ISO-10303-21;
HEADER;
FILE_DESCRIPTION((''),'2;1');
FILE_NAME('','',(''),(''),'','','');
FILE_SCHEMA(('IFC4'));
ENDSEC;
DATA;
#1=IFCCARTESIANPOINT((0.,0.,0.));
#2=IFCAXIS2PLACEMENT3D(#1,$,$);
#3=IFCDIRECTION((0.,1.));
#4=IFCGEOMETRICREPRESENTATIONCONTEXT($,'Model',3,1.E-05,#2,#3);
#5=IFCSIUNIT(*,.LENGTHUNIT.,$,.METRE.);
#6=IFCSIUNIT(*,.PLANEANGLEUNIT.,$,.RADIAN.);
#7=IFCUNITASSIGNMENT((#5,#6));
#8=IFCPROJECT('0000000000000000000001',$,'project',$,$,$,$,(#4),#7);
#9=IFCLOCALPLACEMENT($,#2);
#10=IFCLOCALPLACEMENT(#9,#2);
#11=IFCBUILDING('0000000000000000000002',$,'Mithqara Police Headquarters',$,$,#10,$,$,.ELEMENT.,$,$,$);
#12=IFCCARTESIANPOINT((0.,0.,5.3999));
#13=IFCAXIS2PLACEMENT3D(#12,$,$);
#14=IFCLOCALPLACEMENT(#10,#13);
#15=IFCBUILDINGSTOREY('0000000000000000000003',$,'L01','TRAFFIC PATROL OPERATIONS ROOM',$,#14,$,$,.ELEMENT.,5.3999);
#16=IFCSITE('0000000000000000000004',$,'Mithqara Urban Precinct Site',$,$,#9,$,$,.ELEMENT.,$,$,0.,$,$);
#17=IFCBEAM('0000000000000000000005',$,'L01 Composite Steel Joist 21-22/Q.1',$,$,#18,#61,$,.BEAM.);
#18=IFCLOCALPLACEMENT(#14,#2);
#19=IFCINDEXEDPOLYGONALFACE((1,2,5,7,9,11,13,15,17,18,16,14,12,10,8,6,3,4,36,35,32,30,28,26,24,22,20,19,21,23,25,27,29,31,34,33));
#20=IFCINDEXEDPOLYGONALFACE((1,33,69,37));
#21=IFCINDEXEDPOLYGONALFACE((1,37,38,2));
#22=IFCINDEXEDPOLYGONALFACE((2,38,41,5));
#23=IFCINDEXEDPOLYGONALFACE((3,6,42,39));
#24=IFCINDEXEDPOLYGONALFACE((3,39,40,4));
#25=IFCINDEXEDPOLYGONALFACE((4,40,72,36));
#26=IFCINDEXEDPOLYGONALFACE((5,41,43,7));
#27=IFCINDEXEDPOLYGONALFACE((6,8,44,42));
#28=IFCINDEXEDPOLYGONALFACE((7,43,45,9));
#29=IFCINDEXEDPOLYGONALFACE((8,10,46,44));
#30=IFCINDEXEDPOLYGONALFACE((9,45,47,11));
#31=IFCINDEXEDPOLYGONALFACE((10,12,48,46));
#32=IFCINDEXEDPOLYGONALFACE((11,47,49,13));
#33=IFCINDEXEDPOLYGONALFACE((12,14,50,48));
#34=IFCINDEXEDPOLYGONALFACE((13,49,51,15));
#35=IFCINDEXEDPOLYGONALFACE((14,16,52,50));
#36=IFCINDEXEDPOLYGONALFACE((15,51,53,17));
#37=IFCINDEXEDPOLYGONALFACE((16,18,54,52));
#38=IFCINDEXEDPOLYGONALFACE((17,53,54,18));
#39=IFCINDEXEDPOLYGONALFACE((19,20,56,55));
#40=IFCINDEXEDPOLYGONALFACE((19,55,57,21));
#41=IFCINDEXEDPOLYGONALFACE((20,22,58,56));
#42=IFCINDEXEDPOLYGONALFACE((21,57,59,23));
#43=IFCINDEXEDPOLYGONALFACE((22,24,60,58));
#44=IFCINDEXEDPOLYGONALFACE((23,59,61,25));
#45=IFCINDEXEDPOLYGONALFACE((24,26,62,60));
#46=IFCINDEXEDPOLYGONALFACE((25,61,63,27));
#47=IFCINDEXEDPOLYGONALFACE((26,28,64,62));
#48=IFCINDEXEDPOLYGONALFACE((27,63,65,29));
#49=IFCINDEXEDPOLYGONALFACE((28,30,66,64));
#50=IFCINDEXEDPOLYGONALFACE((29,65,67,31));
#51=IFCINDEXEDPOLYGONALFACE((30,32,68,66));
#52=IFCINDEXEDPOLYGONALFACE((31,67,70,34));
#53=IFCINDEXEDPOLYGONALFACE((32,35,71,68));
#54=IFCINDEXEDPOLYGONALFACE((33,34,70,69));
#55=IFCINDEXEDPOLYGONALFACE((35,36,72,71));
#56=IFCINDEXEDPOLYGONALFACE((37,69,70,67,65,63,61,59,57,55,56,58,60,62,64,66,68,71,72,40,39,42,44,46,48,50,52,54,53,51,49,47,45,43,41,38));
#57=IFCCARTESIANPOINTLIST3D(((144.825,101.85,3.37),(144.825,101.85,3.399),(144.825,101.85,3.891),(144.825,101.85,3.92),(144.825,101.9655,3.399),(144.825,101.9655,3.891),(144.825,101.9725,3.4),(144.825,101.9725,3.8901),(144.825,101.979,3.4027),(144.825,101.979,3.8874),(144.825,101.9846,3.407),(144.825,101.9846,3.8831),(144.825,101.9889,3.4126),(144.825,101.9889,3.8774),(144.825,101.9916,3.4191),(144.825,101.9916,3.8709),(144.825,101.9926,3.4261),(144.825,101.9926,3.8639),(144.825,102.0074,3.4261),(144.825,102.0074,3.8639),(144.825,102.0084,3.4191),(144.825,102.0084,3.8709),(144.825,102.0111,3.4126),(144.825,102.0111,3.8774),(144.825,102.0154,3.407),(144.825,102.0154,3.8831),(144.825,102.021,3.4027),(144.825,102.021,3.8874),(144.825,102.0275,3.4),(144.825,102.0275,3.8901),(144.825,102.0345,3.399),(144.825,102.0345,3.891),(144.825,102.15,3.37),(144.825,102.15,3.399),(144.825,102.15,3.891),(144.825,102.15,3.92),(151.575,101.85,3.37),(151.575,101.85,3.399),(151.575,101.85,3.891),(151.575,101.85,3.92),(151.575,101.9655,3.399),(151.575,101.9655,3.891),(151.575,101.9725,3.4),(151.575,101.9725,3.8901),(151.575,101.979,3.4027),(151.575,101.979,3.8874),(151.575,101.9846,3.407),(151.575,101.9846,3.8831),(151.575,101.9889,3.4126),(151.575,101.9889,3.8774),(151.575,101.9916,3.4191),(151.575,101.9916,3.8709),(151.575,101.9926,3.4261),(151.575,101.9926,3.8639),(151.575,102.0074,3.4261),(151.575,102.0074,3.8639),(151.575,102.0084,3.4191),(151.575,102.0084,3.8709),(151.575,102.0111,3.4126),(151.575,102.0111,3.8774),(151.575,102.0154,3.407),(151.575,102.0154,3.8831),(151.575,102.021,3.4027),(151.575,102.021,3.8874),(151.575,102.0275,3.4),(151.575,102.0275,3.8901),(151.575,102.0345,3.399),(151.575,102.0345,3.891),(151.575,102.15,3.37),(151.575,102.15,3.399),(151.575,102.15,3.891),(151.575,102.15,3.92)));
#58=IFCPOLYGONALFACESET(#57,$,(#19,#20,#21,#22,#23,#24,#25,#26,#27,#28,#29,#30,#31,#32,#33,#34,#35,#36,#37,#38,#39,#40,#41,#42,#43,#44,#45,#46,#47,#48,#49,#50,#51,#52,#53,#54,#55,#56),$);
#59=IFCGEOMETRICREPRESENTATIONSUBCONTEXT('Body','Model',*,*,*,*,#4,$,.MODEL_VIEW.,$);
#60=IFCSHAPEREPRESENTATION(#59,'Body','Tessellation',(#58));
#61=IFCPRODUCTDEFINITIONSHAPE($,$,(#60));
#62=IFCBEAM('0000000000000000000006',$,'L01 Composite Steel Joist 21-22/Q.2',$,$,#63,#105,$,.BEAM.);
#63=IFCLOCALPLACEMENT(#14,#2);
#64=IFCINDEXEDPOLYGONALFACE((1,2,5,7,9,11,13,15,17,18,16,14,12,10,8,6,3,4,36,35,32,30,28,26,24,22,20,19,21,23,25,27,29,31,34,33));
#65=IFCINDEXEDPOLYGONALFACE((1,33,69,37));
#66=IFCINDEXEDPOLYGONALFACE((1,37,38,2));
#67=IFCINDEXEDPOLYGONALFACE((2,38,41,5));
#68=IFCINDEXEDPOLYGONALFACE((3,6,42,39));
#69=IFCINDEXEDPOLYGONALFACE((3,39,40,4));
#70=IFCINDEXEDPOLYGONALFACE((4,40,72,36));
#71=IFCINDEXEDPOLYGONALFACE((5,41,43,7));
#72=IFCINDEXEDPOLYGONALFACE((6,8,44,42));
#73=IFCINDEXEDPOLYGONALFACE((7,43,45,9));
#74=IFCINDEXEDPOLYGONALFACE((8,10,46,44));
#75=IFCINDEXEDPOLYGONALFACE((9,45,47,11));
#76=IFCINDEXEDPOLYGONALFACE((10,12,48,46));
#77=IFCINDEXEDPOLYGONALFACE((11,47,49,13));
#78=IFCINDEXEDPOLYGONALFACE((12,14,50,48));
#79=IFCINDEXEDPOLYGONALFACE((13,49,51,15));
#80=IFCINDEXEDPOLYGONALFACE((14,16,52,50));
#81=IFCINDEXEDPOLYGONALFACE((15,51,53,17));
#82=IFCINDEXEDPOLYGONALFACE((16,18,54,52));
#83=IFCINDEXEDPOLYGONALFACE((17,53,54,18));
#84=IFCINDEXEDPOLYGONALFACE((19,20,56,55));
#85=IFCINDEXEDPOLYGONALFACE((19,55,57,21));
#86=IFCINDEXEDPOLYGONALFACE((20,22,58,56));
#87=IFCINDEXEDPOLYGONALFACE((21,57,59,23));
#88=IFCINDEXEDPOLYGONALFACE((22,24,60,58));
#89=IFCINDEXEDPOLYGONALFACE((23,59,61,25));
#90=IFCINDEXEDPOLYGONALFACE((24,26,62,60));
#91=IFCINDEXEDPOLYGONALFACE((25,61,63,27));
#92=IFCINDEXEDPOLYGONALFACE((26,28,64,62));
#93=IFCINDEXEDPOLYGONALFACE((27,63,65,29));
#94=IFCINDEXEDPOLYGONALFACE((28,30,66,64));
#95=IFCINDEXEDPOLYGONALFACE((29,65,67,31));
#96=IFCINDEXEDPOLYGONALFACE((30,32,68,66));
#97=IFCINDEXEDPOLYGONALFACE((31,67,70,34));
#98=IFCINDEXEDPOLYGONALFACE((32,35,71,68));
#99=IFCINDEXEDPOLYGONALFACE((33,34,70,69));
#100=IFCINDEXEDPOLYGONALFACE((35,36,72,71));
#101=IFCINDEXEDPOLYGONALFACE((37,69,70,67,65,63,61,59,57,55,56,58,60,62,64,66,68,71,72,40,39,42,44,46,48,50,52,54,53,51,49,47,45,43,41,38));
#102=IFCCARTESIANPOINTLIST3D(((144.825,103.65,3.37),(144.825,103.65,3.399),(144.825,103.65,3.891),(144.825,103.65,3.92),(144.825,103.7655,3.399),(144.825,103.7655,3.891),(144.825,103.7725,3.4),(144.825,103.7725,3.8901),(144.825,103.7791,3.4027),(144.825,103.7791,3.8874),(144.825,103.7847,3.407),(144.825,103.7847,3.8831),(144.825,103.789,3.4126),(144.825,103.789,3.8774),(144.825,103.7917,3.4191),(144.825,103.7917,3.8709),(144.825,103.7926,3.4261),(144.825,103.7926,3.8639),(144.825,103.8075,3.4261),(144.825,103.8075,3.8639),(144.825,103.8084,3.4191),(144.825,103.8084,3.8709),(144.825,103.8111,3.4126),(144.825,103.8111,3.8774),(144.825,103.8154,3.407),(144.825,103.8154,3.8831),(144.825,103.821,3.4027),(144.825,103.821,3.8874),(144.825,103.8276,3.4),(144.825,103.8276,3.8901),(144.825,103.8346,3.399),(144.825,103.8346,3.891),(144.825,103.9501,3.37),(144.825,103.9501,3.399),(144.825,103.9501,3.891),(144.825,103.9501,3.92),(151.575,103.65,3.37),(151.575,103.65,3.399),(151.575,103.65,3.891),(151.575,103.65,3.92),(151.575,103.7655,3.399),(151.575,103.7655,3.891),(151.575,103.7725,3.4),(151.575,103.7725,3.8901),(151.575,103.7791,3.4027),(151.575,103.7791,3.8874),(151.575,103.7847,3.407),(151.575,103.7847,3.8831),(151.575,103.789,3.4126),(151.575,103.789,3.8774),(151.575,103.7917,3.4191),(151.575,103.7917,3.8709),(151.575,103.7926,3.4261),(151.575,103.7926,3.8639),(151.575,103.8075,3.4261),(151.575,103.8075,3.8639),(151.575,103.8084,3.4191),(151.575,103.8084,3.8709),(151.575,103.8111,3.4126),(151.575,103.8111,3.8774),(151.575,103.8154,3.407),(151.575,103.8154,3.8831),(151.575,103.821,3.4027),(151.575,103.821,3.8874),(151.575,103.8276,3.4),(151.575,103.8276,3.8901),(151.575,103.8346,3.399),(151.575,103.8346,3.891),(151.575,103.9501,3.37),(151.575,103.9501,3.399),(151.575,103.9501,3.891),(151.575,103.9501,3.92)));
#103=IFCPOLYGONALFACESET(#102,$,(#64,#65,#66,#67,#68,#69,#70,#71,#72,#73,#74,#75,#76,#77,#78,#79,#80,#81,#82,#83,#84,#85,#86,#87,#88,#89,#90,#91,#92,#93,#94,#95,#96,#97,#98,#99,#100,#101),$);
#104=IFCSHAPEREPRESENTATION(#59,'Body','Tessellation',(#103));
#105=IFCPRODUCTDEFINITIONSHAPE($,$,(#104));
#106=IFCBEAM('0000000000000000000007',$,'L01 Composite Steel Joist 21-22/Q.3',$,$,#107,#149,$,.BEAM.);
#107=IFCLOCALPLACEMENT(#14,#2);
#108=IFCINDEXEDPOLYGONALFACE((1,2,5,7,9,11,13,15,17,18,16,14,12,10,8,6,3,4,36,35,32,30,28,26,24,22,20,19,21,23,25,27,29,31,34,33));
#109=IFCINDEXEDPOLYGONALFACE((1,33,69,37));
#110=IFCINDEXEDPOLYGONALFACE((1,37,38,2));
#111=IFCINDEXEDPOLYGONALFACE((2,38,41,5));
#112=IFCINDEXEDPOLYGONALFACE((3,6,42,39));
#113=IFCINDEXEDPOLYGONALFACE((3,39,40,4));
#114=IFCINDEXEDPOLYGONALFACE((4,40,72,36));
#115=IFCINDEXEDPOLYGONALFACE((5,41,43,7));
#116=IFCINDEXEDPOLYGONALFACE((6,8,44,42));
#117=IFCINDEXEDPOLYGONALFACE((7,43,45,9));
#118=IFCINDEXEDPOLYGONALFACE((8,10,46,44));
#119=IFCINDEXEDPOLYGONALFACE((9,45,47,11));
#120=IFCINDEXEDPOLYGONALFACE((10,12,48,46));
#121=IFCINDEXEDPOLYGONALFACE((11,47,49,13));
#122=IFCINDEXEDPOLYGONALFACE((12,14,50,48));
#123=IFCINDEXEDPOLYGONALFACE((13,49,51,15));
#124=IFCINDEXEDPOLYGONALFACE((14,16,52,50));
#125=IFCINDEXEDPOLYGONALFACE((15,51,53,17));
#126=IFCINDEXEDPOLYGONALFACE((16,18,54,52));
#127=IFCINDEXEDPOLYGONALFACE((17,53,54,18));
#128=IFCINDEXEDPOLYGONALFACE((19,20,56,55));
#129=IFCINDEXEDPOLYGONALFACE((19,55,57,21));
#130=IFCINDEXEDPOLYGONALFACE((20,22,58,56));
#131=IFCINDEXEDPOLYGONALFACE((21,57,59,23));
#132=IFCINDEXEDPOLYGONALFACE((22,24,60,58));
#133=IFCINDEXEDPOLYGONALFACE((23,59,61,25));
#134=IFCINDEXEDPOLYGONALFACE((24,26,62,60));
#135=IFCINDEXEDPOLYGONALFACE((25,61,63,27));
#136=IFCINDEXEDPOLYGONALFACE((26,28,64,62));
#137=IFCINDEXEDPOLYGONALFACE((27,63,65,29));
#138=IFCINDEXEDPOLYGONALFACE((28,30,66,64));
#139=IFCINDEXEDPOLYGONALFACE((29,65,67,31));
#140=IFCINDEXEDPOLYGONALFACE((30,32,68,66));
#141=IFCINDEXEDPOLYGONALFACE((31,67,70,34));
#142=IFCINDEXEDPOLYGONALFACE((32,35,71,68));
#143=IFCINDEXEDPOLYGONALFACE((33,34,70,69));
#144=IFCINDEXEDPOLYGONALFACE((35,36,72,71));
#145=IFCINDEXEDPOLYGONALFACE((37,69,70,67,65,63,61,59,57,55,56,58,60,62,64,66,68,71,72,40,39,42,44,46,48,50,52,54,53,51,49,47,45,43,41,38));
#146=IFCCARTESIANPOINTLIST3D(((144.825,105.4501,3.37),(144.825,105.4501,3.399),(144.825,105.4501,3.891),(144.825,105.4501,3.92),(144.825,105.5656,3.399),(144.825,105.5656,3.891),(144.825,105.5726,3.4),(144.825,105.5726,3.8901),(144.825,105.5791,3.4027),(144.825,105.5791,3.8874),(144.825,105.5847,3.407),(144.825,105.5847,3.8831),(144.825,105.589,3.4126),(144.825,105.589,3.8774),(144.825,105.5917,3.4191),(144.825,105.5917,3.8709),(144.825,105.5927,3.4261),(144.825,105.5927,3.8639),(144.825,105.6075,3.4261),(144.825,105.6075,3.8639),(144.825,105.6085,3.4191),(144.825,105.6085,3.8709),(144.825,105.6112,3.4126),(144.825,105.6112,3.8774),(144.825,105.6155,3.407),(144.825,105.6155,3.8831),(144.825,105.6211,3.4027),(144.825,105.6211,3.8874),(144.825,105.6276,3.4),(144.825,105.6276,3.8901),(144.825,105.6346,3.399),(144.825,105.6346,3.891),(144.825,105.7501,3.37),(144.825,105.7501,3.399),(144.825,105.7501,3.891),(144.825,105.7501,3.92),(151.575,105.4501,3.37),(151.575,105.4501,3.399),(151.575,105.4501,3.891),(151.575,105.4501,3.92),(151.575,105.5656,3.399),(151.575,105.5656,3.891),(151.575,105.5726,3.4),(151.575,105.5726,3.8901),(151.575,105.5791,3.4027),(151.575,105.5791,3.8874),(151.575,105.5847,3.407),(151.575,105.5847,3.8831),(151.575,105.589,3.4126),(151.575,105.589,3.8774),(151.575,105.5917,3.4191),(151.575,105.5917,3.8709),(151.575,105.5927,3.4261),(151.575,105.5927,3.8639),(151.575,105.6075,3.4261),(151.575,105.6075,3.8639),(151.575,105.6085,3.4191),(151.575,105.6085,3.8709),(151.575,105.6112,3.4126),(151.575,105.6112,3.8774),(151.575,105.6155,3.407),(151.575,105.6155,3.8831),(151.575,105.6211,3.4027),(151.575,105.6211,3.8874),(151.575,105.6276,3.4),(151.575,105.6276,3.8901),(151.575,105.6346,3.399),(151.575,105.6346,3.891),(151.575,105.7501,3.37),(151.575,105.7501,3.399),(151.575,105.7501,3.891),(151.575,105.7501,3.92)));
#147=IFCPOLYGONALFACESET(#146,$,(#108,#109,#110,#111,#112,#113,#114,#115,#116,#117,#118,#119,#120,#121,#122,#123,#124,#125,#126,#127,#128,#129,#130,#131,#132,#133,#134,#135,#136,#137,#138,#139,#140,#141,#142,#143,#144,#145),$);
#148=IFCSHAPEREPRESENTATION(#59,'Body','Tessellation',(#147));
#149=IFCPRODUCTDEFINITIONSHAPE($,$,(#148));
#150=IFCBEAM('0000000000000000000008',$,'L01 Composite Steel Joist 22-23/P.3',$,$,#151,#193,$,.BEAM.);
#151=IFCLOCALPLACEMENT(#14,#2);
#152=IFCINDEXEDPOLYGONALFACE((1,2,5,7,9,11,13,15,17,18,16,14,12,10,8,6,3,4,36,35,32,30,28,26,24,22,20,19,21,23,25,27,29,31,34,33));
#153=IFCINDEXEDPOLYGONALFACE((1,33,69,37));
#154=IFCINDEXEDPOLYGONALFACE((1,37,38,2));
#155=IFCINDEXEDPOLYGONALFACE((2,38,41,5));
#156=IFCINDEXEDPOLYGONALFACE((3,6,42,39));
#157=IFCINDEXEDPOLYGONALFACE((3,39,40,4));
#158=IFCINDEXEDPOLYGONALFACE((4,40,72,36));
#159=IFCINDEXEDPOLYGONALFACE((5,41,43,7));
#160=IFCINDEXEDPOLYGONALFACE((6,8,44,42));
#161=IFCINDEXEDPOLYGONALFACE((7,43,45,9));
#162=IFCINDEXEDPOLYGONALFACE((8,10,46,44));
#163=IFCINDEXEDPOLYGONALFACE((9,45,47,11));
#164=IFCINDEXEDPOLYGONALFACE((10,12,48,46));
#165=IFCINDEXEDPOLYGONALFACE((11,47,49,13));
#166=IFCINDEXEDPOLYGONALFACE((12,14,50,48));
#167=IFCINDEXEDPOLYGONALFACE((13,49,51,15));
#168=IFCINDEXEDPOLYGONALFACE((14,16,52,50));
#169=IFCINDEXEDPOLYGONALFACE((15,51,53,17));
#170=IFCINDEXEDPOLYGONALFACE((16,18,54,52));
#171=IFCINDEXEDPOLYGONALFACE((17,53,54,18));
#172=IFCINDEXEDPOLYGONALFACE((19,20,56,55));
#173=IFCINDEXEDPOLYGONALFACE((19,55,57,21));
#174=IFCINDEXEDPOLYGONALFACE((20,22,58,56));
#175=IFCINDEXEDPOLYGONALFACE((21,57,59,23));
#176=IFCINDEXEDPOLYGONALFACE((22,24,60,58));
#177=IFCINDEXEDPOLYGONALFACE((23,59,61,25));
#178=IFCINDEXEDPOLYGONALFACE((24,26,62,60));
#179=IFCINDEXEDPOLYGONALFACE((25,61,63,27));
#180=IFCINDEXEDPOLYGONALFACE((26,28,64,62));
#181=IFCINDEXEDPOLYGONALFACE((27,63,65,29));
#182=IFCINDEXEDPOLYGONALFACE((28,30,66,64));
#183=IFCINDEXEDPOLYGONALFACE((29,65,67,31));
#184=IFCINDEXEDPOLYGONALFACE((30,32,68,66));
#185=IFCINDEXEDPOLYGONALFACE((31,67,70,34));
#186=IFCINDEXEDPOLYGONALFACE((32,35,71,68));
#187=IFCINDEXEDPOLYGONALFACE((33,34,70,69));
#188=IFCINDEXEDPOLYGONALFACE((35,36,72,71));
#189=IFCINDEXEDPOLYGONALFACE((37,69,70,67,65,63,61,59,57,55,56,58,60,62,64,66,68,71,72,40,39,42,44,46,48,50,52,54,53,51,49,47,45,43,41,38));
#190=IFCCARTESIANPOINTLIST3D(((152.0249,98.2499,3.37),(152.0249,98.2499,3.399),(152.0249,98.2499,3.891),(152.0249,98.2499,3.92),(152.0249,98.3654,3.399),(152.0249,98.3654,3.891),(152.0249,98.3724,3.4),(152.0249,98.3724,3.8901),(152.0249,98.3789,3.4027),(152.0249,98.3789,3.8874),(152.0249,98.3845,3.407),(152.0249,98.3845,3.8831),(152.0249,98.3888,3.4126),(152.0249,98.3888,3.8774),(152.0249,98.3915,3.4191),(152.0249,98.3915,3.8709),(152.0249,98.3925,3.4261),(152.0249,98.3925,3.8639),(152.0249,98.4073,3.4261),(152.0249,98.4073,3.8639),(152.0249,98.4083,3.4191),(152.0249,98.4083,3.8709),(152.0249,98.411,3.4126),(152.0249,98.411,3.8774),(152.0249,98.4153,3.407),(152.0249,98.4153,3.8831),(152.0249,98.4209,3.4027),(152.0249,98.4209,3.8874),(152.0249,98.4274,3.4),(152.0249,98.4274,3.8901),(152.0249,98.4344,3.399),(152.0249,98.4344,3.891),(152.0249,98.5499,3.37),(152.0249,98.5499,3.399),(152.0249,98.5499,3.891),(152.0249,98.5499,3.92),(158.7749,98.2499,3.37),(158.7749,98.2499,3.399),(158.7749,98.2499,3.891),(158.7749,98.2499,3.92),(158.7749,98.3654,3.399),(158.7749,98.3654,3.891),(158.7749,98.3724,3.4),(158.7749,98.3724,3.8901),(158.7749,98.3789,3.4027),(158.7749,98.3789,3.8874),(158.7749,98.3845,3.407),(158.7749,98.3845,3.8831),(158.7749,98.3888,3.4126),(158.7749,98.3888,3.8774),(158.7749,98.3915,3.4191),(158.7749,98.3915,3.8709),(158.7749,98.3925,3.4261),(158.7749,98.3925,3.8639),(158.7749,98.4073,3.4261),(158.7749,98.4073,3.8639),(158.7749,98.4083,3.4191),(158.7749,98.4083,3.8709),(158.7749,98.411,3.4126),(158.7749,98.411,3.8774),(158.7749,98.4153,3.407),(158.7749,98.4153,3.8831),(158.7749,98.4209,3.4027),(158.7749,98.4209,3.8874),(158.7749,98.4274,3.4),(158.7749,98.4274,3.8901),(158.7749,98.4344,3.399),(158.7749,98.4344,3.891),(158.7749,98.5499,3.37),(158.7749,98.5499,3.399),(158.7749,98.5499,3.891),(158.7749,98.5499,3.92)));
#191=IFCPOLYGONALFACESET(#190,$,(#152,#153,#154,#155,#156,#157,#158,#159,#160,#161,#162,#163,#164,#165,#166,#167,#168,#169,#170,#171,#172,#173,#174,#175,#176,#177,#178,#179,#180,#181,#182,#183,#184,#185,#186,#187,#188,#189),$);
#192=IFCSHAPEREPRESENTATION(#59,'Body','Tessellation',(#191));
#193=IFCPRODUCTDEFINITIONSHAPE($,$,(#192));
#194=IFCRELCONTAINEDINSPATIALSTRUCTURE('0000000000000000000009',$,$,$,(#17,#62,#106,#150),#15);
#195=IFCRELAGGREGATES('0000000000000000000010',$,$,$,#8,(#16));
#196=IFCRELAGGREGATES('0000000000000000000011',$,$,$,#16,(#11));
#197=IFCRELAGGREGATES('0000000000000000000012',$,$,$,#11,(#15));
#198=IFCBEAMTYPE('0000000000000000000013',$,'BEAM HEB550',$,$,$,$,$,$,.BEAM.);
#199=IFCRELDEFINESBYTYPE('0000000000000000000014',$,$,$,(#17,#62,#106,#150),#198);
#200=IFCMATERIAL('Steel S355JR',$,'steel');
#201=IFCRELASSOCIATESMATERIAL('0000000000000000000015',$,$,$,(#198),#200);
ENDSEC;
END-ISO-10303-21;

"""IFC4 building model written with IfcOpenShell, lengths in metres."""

from ifc_helpers import new_model, si_unit, direction, frame, origin, origin_2d, place, context, subcontext, project, spatial, i_section, extrude, material, material_profile, profile_set, type_object, element, save


model = new_model("IFC4")

# Units and contexts
model_context = context("Model", 3, precision=1e-05, world=origin(), true_north=direction((0.0, 1.0)))
body_context = subcontext(model_context, "Body", "Model", "MODEL_VIEW")
ifc_project = project(units=[si_unit("LENGTHUNIT", "METRE"), si_unit("PLANEANGLEUNIT", "RADIAN")], contexts=[model_context])

# Site, building, storey
site_placement = place(None, origin())
site = spatial("IfcSite", under=ifc_project, at=site_placement, Name="Mithqara Urban Precinct Site", CompositionType="ELEMENT", RefElevation=0.0)
building_placement = place(site_placement, origin())
building = spatial("IfcBuilding", under=site, at=building_placement, Name="Mithqara Police Headquarters", CompositionType="ELEMENT")
storey_placement = place(building_placement, frame((0.0, 0.0, 5.3999)))
storey = spatial("IfcBuildingStorey", under=building, at=storey_placement, Name="L01", Description="TRAFFIC PATROL OPERATIONS ROOM", CompositionType="ELEMENT", Elevation=5.3999)

# Beams
ifc_material_1 = material(Name="Steel S355JR", Category="steel")
ifc_material_profile_1 = material_profile(ifc_material_1, i_section(OverallWidth=0.3, OverallDepth=0.55, WebThickness=0.0149, FlangeThickness=0.0291, FilletRadius=0.0271, at=origin_2d()), Name="HEB 550")
ifc_profile_set_1 = profile_set([ifc_material_profile_1], Name="Steel S355JR")
beam_type_1 = type_object("IfcBeamType", Name="BEAM HEB550", PredefinedType="BEAM", material=ifc_profile_set_1)
for number, where, z_axis, x_axis, name in (
    (1, (144.825, 102.0, 3.645), (1.0, 0.0, 0.0), (0.0, 1.0, 0.0), "L01 Composite Steel Joist 21-22/Q.1"),
    (2, (144.825, 103.8, 3.645), (1.0, 0.0, 0.0), (0.0, 1.0, 0.0), "L01 Composite Steel Joist 21-22/Q.2"),
    (3, (144.825, 105.6001, 3.645), (1.0, 0.0, 0.0), (0.0, 1.0, 0.0), "L01 Composite Steel Joist 21-22/Q.3"),
    (4, (152.0249, 98.3999, 3.645), (1.0, 0.0, 0.0), (0.0, 1.0, 0.0), "L01 Composite Steel Joist 22-23/P.3"),
):
    element("IfcBeam", number, at=place(storey_placement, frame(where, z_axis=z_axis, x_axis=x_axis)), inside=storey, type_object=beam_type_1, Name=name, PredefinedType="BEAM", context=body_context, shape_type="SweptSolid", body=[
        extrude(i_section(OverallWidth=0.3, OverallDepth=0.55, WebThickness=0.0149, FlangeThickness=0.0291, FilletRadius=0.0271, at=origin_2d()), origin(), (0.0, 0.0, 1.0), 6.75),
    ])

save(model, "model.ifc")
